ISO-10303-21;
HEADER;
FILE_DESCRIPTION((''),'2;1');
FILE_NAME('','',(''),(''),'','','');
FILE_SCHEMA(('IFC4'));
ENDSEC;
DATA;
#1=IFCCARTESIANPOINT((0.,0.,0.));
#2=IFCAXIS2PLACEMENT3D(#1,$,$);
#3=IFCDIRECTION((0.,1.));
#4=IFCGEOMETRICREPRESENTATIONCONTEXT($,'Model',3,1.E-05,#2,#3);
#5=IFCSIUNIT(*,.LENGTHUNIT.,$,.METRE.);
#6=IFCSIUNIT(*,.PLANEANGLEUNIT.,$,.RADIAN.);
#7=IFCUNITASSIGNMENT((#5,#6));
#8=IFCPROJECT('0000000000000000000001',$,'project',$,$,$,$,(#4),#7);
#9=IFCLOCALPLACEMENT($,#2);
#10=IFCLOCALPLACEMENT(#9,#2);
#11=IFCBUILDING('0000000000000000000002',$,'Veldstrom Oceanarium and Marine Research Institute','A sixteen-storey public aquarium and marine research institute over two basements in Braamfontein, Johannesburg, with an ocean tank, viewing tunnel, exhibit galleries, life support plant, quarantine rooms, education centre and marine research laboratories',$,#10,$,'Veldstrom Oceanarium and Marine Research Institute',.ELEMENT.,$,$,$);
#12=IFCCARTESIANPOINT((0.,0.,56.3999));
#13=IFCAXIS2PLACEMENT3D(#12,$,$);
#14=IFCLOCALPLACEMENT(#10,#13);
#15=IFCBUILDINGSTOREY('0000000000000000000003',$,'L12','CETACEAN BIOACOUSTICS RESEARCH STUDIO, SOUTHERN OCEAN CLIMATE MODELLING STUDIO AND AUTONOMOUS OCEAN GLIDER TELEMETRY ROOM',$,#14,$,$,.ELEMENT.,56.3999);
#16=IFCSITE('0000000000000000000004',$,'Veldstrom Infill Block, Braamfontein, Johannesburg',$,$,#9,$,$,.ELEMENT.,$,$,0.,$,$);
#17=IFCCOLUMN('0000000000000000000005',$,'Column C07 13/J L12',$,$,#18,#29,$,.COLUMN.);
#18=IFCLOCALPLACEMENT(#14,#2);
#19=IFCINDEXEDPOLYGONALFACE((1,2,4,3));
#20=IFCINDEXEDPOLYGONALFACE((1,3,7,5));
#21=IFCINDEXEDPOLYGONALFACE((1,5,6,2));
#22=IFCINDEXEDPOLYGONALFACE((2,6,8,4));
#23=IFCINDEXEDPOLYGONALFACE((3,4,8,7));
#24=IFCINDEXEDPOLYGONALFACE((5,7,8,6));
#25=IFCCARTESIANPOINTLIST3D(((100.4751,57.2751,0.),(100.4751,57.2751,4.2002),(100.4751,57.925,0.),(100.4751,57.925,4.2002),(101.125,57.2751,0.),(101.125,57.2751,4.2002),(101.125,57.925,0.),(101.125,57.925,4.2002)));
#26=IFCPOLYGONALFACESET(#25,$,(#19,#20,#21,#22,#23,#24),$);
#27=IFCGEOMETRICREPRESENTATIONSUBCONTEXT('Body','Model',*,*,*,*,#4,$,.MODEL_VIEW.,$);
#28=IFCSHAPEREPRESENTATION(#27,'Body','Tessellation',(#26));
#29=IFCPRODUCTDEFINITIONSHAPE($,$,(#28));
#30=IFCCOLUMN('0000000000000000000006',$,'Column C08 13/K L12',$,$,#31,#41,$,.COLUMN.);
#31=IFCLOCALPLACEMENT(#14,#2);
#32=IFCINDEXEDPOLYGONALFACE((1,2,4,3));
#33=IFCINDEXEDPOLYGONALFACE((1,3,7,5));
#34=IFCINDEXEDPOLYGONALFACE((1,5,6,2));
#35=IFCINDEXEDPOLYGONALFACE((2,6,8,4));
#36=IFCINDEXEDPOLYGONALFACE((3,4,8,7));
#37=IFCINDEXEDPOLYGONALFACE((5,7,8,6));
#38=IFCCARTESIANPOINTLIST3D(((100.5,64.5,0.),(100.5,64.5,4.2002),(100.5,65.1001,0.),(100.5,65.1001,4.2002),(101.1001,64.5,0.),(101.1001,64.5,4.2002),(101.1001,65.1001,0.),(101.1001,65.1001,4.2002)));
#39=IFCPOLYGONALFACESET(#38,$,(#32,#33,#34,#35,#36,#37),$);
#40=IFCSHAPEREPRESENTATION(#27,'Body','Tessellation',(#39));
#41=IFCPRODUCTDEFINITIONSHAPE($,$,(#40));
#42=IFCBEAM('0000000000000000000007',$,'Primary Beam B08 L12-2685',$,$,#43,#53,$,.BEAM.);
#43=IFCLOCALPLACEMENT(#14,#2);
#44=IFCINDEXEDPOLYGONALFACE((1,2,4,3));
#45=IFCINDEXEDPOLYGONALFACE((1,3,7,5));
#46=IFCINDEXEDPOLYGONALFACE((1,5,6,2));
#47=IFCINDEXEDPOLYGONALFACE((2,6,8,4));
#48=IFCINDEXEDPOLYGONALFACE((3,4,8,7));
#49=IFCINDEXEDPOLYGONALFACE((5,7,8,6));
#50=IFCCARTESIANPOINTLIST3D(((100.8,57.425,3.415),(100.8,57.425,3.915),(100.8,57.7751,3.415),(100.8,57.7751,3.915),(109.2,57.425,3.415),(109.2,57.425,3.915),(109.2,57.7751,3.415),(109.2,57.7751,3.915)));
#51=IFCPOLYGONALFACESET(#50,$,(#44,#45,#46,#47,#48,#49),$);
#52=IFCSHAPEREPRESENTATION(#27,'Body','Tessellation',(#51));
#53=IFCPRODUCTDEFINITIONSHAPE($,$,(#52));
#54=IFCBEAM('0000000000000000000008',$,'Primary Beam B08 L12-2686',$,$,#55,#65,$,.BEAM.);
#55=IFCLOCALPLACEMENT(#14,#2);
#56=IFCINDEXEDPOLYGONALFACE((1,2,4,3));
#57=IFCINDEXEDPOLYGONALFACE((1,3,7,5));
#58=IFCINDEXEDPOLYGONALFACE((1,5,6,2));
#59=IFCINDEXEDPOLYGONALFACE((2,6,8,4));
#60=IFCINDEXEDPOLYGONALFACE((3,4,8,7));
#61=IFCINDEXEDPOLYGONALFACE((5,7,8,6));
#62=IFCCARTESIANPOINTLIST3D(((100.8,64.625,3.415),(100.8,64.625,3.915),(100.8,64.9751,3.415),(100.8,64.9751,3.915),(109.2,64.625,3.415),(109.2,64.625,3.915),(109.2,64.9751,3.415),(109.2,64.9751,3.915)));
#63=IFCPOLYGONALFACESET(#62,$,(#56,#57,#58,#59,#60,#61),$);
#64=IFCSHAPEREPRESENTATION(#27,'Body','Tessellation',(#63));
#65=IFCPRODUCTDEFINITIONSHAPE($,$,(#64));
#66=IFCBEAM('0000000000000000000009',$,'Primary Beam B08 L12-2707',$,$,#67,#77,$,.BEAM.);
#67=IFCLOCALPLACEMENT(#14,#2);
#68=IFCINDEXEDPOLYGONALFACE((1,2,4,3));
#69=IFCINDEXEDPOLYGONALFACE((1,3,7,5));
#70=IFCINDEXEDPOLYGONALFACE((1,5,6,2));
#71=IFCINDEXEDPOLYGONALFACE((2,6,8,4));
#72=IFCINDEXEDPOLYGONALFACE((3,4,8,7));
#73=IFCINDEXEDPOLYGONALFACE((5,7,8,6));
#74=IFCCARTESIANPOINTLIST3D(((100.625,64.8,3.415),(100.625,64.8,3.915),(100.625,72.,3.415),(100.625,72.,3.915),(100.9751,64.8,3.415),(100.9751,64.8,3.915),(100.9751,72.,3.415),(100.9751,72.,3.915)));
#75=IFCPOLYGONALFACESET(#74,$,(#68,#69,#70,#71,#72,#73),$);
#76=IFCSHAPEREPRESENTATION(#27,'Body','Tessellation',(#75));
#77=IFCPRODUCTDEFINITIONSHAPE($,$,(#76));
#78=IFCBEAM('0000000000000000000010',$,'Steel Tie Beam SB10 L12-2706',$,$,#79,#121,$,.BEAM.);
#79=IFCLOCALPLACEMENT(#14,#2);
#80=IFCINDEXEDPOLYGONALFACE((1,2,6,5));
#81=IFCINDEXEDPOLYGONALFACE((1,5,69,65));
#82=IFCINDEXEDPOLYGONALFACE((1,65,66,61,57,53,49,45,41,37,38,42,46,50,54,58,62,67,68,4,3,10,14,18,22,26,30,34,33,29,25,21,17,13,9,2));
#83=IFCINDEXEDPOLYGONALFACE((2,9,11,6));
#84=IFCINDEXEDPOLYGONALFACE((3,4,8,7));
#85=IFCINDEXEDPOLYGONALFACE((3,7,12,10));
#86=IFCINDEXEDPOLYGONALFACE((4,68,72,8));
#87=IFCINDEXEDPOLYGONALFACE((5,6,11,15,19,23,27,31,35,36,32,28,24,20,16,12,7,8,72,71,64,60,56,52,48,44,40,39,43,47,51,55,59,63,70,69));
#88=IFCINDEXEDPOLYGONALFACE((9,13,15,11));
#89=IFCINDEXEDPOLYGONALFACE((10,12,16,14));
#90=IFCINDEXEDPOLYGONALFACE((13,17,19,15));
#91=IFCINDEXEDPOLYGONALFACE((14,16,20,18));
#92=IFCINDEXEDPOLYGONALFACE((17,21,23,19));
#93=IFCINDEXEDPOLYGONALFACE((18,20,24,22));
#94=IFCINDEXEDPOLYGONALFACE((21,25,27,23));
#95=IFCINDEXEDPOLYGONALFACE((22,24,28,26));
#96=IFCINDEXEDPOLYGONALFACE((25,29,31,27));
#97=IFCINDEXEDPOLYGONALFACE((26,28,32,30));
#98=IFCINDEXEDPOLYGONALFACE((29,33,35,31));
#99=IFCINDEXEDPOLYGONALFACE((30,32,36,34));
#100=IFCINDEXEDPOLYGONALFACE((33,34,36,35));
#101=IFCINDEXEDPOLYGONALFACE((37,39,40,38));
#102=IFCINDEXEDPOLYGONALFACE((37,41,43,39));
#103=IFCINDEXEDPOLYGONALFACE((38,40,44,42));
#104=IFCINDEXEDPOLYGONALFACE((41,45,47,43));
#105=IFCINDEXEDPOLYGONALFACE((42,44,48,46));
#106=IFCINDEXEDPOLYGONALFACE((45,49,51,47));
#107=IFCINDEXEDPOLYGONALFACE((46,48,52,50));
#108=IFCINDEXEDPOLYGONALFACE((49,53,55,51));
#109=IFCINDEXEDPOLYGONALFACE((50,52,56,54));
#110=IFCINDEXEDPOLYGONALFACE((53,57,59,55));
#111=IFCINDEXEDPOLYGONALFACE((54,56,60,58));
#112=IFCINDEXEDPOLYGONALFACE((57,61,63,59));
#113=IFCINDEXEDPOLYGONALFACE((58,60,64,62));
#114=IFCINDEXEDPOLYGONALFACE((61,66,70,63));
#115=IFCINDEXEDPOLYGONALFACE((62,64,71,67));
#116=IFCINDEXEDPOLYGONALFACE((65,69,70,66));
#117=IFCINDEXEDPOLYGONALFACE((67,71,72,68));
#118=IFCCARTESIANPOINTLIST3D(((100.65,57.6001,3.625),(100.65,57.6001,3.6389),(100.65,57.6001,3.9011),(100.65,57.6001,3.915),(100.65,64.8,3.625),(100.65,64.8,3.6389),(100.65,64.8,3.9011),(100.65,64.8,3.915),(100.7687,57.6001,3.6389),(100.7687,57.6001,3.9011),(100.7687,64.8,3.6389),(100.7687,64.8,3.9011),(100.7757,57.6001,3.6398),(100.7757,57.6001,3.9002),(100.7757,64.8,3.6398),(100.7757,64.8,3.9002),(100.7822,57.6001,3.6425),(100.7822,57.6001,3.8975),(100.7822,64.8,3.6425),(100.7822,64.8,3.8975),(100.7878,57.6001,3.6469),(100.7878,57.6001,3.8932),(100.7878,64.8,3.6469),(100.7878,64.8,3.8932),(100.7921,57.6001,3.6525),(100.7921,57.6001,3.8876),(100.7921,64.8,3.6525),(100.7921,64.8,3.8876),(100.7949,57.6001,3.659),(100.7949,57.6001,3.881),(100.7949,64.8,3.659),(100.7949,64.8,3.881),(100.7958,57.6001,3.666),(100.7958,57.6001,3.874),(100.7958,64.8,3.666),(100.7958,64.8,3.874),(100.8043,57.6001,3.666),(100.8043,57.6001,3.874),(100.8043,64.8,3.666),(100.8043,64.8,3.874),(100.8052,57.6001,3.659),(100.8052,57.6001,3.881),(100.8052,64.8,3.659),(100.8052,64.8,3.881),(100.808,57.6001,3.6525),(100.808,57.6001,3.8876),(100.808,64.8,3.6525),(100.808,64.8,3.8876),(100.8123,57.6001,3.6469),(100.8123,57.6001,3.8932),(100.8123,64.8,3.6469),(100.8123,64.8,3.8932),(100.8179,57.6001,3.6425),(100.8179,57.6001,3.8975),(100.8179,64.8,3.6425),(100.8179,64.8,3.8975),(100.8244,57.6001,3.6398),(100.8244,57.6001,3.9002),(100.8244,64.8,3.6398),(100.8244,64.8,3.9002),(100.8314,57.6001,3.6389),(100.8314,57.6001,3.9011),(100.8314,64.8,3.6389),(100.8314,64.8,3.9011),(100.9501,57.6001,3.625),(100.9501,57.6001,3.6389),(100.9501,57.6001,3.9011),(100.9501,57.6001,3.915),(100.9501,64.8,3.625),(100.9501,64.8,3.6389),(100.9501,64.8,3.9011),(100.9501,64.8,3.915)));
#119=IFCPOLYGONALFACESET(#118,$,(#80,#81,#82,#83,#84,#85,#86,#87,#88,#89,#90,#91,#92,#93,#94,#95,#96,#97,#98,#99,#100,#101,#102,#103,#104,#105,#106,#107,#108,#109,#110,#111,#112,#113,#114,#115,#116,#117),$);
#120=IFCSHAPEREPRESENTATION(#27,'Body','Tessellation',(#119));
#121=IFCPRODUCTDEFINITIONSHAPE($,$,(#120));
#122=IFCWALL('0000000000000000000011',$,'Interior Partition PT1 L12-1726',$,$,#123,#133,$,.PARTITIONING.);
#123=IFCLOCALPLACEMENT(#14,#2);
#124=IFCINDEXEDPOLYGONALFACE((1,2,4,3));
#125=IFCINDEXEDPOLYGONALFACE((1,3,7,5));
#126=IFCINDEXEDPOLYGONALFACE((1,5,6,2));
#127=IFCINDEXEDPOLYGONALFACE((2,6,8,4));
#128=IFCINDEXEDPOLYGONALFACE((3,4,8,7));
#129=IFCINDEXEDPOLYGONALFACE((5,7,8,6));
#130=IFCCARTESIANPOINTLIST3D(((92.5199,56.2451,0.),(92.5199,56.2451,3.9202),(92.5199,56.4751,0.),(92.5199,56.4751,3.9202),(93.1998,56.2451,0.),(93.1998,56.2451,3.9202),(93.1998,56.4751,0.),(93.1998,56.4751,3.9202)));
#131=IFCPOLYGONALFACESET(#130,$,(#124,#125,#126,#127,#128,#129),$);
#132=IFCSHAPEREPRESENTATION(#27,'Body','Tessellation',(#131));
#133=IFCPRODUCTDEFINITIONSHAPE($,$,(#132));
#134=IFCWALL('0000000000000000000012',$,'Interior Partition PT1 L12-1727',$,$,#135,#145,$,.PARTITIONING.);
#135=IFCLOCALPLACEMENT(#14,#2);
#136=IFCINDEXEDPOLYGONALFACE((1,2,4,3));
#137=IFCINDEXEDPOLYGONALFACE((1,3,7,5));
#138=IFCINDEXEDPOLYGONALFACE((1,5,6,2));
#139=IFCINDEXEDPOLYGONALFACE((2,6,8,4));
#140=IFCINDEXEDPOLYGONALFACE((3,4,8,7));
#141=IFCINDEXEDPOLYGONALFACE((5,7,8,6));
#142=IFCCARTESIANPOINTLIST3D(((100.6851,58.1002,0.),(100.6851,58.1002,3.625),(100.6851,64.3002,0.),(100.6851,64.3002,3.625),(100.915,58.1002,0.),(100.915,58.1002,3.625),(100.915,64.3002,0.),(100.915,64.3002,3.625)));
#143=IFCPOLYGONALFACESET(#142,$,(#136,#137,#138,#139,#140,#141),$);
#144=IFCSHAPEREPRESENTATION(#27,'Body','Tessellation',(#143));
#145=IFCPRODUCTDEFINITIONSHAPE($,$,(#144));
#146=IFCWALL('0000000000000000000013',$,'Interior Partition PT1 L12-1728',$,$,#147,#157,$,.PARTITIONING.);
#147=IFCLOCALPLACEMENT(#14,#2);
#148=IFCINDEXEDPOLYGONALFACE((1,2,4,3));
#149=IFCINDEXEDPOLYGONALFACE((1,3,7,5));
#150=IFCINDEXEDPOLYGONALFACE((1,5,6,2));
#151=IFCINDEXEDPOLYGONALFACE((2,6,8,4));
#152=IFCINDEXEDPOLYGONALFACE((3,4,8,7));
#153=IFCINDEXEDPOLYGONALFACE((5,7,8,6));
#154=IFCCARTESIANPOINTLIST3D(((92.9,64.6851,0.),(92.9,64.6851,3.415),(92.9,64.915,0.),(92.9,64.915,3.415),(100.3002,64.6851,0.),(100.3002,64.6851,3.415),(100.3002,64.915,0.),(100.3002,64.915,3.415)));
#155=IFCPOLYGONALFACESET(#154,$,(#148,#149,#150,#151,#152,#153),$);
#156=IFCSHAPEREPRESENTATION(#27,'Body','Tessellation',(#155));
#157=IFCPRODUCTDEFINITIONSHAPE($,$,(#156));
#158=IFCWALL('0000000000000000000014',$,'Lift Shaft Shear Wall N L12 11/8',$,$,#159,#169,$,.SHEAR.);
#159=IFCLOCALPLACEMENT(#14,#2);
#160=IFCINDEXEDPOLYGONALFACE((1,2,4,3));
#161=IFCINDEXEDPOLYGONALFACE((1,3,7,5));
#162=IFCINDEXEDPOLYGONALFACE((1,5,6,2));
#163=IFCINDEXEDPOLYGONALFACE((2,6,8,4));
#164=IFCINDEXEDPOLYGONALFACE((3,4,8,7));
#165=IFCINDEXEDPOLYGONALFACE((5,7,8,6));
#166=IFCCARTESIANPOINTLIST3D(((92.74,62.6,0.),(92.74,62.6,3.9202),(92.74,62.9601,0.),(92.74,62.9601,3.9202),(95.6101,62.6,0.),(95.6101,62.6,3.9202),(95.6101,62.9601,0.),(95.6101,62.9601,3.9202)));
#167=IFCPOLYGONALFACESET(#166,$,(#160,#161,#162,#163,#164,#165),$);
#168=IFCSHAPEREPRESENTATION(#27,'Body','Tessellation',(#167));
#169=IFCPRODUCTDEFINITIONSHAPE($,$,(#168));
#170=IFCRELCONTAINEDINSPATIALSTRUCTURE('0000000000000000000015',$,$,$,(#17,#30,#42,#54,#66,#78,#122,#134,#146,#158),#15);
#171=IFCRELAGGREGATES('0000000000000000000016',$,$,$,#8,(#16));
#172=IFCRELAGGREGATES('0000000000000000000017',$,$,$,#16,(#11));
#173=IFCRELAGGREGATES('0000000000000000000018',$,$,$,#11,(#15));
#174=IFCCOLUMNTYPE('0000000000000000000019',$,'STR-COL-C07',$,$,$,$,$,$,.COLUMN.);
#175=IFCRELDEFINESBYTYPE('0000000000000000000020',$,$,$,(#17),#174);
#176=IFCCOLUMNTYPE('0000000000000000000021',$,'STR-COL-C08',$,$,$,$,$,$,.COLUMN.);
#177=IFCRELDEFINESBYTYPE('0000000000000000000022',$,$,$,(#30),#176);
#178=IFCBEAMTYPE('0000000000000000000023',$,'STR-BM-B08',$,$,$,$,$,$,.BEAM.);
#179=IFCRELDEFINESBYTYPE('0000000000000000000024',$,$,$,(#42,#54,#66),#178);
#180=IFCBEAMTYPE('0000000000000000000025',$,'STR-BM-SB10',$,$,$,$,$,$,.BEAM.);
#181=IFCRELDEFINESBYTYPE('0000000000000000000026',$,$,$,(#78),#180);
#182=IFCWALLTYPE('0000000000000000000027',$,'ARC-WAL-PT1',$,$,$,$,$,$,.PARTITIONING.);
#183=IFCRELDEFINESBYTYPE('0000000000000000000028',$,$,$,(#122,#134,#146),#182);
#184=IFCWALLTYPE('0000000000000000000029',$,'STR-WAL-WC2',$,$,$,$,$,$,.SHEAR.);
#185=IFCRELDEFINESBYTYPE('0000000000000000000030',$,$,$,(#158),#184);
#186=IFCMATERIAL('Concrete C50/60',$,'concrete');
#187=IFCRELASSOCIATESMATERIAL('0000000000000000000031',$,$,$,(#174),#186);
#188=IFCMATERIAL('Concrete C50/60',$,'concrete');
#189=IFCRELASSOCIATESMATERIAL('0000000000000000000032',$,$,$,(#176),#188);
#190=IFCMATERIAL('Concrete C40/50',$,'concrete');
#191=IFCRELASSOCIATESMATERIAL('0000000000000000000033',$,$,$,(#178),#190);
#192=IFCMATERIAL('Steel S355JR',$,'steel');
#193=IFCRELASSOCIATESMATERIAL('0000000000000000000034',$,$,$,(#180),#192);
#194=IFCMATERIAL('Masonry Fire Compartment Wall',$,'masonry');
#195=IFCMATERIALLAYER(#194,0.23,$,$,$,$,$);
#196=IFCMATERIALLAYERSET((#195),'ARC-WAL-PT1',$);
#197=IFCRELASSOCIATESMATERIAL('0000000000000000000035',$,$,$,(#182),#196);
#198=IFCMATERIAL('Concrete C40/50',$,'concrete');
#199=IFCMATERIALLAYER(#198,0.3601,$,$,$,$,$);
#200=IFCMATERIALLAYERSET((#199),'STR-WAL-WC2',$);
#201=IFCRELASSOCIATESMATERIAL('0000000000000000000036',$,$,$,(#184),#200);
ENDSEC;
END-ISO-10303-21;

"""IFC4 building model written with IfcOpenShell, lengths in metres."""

from ifc_helpers import new_model, si_unit, direction, frame, frame_2d, origin, origin_2d, place, context, subcontext, project, spatial, rectangle, i_section, extrude, material, layer, layer_set, material_profile, profile_set, type_object, element, save


model = new_model("IFC4")

# Units and contexts
model_context = context("Model", 3, precision=1e-05, world=origin(), true_north=direction((0.0, 1.0)))
body_context = subcontext(model_context, "Body", "Model", "MODEL_VIEW")
ifc_project = project(units=[si_unit("LENGTHUNIT", "METRE"), si_unit("PLANEANGLEUNIT", "RADIAN")], contexts=[model_context])

# Site, building, storey
site_placement = place(None, origin())
site = spatial("IfcSite", under=ifc_project, at=site_placement, Name="Veldstrom Infill Block, Braamfontein, Johannesburg", CompositionType="ELEMENT", RefElevation=0.0)
building_placement = place(site_placement, origin())
building = spatial("IfcBuilding", under=site, at=building_placement, Name="Veldstrom Oceanarium and Marine Research Institute", Description="A sixteen-storey public aquarium and marine research institute over two basements in Braamfontein, Johannesburg, with an ocean tank, viewing tunnel, exhibit galleries, life support plant, quarantine rooms, education centre and marine research laboratories", LongName="Veldstrom Oceanarium and Marine Research Institute", CompositionType="ELEMENT")
storey_placement = place(building_placement, frame((0.0, 0.0, 56.3999)))
storey = spatial("IfcBuildingStorey", under=building, at=storey_placement, Name="L12", Description="CETACEAN BIOACOUSTICS RESEARCH STUDIO, SOUTHERN OCEAN CLIMATE MODELLING STUDIO AND AUTONOMOUS OCEAN GLIDER TELEMETRY ROOM", CompositionType="ELEMENT", Elevation=56.3999)

# Columns
ifc_material_1 = material(Name="Concrete C50/60", Category="concrete")
ifc_material_profile_1 = material_profile(ifc_material_1, rectangle(XDim=0.6499, YDim=0.6499, at=origin_2d()), Name="RC-COL-650x650")
ifc_profile_set_1 = profile_set([ifc_material_profile_1], Name="Concrete C50/60")
column_type_1 = type_object("IfcColumnType", Name="STR-COL-C07", PredefinedType="COLUMN", material=ifc_profile_set_1)
column_1_placement = place(storey_placement, frame((100.8, 57.6001, 0.0), z_axis=(0.0, 0.0, 1.0), x_axis=(1.0, 0.0, 0.0)))
element("IfcColumn", 1, at=column_1_placement, inside=storey, type_object=column_type_1, Name="Column C07 13/J L12", PredefinedType="COLUMN", context=body_context, shape_type="SweptSolid", body=[
    extrude(rectangle(XDim=0.6499, YDim=0.6499, at=origin_2d()), origin(), (0.0, 0.0, 1.0), 4.2002),
])
ifc_material_2 = material(Name="Concrete C50/60", Category="concrete")
ifc_material_profile_2 = material_profile(ifc_material_2, rectangle(XDim=0.6001, YDim=0.6001, at=origin_2d()), Name="RC-COL-600x600")
ifc_profile_set_2 = profile_set([ifc_material_profile_2], Name="Concrete C50/60")
column_type_2 = type_object("IfcColumnType", Name="STR-COL-C08", PredefinedType="COLUMN", material=ifc_profile_set_2)
column_2_placement = place(storey_placement, frame((100.8, 64.8, 0.0), z_axis=(0.0, 0.0, 1.0), x_axis=(1.0, 0.0, 0.0)))
element("IfcColumn", 2, at=column_2_placement, inside=storey, type_object=column_type_2, Name="Column C08 13/K L12", PredefinedType="COLUMN", context=body_context, shape_type="SweptSolid", body=[
    extrude(rectangle(XDim=0.6001, YDim=0.6001, at=origin_2d()), origin(), (0.0, 0.0, 1.0), 4.2002),
])

# Beams
ifc_material_3 = material(Name="Concrete C40/50", Category="concrete")
ifc_material_profile_3 = material_profile(ifc_material_3, rectangle(XDim=0.3501, YDim=0.5, at=origin_2d()), Name="RC-BM-350x500")
ifc_profile_set_3 = profile_set([ifc_material_profile_3], Name="Concrete C40/50")
beam_type_1 = type_object("IfcBeamType", Name="STR-BM-B08", PredefinedType="BEAM", material=ifc_profile_set_3)
for number, where, z_axis, x_axis, name in (
    (3, (100.8, 57.6001, 3.665), (1.0, 0.0, 0.0), (0.0, 1.0, 0.0), "Primary Beam B08 L12-2685"),
    (4, (100.8, 64.8, 3.665), (1.0, 0.0, 0.0), (0.0, 1.0, 0.0), "Primary Beam B08 L12-2686"),
):
    element("IfcBeam", number, at=place(storey_placement, frame(where, z_axis=z_axis, x_axis=x_axis)), inside=storey, type_object=beam_type_1, Name=name, PredefinedType="BEAM", context=body_context, shape_type="SweptSolid", body=[
        extrude(rectangle(XDim=0.3501, YDim=0.5, at=origin_2d()), origin(), (0.0, 0.0, 1.0), 8.3999),
    ])
beam_1_placement = place(storey_placement, frame((100.8, 64.8, 3.665), z_axis=(0.0, 1.0, 0.0), x_axis=(-1.0, 0.0, 0.0)))
element("IfcBeam", 5, at=beam_1_placement, inside=storey, type_object=beam_type_1, Name="Primary Beam B08 L12-2707", PredefinedType="BEAM", context=body_context, shape_type="SweptSolid", body=[
    extrude(rectangle(XDim=0.3501, YDim=0.5, at=origin_2d()), origin(), (0.0, 0.0, 1.0), 7.2),
])
ifc_material_4 = material(Name="Steel S355JR", Category="steel")
ifc_material_profile_4 = material_profile(ifc_material_4, i_section(OverallWidth=0.3, OverallDepth=0.29, WebThickness=0.0085, FlangeThickness=0.0139, FilletRadius=0.0271, at=origin_2d()), Name="HEA 300")
ifc_profile_set_4 = profile_set([ifc_material_profile_4], Name="Steel S355JR")
beam_type_2 = type_object("IfcBeamType", Name="STR-BM-SB10", PredefinedType="BEAM", material=ifc_profile_set_4)
beam_2_placement = place(storey_placement, frame((100.8, 57.6001, 3.77), z_axis=(0.0, 1.0, 0.0), x_axis=(-1.0, 0.0, 0.0)))
element("IfcBeam", 6, at=beam_2_placement, inside=storey, type_object=beam_type_2, Name="Steel Tie Beam SB10 L12-2706", PredefinedType="BEAM", context=body_context, shape_type="SweptSolid", body=[
    extrude(i_section(OverallWidth=0.3, OverallDepth=0.29, WebThickness=0.0085, FlangeThickness=0.0139, FilletRadius=0.0271, at=origin_2d()), origin(), (0.0, 0.0, 1.0), 7.2),
])

# Shared definitions
ifc_material_5 = material(Name="Masonry Fire Compartment Wall", Category="masonry")
ifc_layer_1 = layer(ifc_material_5, 0.23)
ifc_layer_set_1 = layer_set([ifc_layer_1], Name="ARC-WAL-PT1")
wall_type_1 = type_object("IfcWallType", Name="ARC-WAL-PT1", PredefinedType="PARTITIONING", material=ifc_layer_set_1)

# Walls
wall_1_placement = place(storey_placement, frame((92.52, 56.3601, 0.0), z_axis=(0.0, 0.0, 1.0), x_axis=(1.0, 0.0, 0.0)))
element("IfcWall", 7, at=wall_1_placement, inside=storey, type_object=wall_type_1, Name="Interior Partition PT1 L12-1726", PredefinedType="PARTITIONING", context=body_context, shape_type="SweptSolid", body=[
    extrude(rectangle(XDim=0.6799, YDim=0.23, at=frame_2d((0.3398, 0.0))), origin(), (0.0, 0.0, 1.0), 3.9202),
])
wall_2_placement = place(storey_placement, frame((100.8, 58.1001, 0.0), z_axis=(0.0, 0.0, 1.0), x_axis=(0.0, 1.0, 0.0)))
element("IfcWall", 8, at=wall_2_placement, inside=storey, type_object=wall_type_1, Name="Interior Partition PT1 L12-1727", PredefinedType="PARTITIONING", context=body_context, shape_type="SweptSolid", body=[
    extrude(rectangle(XDim=6.2, YDim=0.23, at=frame_2d((3.1001, 0.0))), origin(), (0.0, 0.0, 1.0), 3.625),
])
wall_3_placement = place(storey_placement, frame((92.8999, 64.8, 0.0), z_axis=(0.0, 0.0, 1.0), x_axis=(1.0, 0.0, 0.0)))
element("IfcWall", 9, at=wall_3_placement, inside=storey, type_object=wall_type_1, Name="Interior Partition PT1 L12-1728", PredefinedType="PARTITIONING", context=body_context, shape_type="SweptSolid", body=[
    extrude(rectangle(XDim=7.4001, YDim=0.23, at=frame_2d((3.7002, 0.0))), origin(), (0.0, 0.0, 1.0), 3.415),
])
ifc_material_6 = material(Name="Concrete C40/50", Category="concrete")
ifc_layer_2 = layer(ifc_material_6, 0.3601)
ifc_layer_set_2 = layer_set([ifc_layer_2], Name="STR-WAL-WC2")
wall_type_2 = type_object("IfcWallType", Name="STR-WAL-WC2", PredefinedType="SHEAR", material=ifc_layer_set_2)
wall_4_placement = place(storey_placement, frame((92.74, 62.78, 0.0), z_axis=(0.0, 0.0, 1.0), x_axis=(1.0, 0.0, 0.0)))
element("IfcWall", 10, at=wall_4_placement, inside=storey, type_object=wall_type_2, Name="Lift Shaft Shear Wall N L12 11/8", PredefinedType="SHEAR", context=body_context, shape_type="SweptSolid", body=[
    extrude(rectangle(XDim=2.8701, YDim=0.3601, at=frame_2d((1.4351, 0.0))), origin(), (0.0, 0.0, 1.0), 3.9202),
])

save(model, "model.ifc")
